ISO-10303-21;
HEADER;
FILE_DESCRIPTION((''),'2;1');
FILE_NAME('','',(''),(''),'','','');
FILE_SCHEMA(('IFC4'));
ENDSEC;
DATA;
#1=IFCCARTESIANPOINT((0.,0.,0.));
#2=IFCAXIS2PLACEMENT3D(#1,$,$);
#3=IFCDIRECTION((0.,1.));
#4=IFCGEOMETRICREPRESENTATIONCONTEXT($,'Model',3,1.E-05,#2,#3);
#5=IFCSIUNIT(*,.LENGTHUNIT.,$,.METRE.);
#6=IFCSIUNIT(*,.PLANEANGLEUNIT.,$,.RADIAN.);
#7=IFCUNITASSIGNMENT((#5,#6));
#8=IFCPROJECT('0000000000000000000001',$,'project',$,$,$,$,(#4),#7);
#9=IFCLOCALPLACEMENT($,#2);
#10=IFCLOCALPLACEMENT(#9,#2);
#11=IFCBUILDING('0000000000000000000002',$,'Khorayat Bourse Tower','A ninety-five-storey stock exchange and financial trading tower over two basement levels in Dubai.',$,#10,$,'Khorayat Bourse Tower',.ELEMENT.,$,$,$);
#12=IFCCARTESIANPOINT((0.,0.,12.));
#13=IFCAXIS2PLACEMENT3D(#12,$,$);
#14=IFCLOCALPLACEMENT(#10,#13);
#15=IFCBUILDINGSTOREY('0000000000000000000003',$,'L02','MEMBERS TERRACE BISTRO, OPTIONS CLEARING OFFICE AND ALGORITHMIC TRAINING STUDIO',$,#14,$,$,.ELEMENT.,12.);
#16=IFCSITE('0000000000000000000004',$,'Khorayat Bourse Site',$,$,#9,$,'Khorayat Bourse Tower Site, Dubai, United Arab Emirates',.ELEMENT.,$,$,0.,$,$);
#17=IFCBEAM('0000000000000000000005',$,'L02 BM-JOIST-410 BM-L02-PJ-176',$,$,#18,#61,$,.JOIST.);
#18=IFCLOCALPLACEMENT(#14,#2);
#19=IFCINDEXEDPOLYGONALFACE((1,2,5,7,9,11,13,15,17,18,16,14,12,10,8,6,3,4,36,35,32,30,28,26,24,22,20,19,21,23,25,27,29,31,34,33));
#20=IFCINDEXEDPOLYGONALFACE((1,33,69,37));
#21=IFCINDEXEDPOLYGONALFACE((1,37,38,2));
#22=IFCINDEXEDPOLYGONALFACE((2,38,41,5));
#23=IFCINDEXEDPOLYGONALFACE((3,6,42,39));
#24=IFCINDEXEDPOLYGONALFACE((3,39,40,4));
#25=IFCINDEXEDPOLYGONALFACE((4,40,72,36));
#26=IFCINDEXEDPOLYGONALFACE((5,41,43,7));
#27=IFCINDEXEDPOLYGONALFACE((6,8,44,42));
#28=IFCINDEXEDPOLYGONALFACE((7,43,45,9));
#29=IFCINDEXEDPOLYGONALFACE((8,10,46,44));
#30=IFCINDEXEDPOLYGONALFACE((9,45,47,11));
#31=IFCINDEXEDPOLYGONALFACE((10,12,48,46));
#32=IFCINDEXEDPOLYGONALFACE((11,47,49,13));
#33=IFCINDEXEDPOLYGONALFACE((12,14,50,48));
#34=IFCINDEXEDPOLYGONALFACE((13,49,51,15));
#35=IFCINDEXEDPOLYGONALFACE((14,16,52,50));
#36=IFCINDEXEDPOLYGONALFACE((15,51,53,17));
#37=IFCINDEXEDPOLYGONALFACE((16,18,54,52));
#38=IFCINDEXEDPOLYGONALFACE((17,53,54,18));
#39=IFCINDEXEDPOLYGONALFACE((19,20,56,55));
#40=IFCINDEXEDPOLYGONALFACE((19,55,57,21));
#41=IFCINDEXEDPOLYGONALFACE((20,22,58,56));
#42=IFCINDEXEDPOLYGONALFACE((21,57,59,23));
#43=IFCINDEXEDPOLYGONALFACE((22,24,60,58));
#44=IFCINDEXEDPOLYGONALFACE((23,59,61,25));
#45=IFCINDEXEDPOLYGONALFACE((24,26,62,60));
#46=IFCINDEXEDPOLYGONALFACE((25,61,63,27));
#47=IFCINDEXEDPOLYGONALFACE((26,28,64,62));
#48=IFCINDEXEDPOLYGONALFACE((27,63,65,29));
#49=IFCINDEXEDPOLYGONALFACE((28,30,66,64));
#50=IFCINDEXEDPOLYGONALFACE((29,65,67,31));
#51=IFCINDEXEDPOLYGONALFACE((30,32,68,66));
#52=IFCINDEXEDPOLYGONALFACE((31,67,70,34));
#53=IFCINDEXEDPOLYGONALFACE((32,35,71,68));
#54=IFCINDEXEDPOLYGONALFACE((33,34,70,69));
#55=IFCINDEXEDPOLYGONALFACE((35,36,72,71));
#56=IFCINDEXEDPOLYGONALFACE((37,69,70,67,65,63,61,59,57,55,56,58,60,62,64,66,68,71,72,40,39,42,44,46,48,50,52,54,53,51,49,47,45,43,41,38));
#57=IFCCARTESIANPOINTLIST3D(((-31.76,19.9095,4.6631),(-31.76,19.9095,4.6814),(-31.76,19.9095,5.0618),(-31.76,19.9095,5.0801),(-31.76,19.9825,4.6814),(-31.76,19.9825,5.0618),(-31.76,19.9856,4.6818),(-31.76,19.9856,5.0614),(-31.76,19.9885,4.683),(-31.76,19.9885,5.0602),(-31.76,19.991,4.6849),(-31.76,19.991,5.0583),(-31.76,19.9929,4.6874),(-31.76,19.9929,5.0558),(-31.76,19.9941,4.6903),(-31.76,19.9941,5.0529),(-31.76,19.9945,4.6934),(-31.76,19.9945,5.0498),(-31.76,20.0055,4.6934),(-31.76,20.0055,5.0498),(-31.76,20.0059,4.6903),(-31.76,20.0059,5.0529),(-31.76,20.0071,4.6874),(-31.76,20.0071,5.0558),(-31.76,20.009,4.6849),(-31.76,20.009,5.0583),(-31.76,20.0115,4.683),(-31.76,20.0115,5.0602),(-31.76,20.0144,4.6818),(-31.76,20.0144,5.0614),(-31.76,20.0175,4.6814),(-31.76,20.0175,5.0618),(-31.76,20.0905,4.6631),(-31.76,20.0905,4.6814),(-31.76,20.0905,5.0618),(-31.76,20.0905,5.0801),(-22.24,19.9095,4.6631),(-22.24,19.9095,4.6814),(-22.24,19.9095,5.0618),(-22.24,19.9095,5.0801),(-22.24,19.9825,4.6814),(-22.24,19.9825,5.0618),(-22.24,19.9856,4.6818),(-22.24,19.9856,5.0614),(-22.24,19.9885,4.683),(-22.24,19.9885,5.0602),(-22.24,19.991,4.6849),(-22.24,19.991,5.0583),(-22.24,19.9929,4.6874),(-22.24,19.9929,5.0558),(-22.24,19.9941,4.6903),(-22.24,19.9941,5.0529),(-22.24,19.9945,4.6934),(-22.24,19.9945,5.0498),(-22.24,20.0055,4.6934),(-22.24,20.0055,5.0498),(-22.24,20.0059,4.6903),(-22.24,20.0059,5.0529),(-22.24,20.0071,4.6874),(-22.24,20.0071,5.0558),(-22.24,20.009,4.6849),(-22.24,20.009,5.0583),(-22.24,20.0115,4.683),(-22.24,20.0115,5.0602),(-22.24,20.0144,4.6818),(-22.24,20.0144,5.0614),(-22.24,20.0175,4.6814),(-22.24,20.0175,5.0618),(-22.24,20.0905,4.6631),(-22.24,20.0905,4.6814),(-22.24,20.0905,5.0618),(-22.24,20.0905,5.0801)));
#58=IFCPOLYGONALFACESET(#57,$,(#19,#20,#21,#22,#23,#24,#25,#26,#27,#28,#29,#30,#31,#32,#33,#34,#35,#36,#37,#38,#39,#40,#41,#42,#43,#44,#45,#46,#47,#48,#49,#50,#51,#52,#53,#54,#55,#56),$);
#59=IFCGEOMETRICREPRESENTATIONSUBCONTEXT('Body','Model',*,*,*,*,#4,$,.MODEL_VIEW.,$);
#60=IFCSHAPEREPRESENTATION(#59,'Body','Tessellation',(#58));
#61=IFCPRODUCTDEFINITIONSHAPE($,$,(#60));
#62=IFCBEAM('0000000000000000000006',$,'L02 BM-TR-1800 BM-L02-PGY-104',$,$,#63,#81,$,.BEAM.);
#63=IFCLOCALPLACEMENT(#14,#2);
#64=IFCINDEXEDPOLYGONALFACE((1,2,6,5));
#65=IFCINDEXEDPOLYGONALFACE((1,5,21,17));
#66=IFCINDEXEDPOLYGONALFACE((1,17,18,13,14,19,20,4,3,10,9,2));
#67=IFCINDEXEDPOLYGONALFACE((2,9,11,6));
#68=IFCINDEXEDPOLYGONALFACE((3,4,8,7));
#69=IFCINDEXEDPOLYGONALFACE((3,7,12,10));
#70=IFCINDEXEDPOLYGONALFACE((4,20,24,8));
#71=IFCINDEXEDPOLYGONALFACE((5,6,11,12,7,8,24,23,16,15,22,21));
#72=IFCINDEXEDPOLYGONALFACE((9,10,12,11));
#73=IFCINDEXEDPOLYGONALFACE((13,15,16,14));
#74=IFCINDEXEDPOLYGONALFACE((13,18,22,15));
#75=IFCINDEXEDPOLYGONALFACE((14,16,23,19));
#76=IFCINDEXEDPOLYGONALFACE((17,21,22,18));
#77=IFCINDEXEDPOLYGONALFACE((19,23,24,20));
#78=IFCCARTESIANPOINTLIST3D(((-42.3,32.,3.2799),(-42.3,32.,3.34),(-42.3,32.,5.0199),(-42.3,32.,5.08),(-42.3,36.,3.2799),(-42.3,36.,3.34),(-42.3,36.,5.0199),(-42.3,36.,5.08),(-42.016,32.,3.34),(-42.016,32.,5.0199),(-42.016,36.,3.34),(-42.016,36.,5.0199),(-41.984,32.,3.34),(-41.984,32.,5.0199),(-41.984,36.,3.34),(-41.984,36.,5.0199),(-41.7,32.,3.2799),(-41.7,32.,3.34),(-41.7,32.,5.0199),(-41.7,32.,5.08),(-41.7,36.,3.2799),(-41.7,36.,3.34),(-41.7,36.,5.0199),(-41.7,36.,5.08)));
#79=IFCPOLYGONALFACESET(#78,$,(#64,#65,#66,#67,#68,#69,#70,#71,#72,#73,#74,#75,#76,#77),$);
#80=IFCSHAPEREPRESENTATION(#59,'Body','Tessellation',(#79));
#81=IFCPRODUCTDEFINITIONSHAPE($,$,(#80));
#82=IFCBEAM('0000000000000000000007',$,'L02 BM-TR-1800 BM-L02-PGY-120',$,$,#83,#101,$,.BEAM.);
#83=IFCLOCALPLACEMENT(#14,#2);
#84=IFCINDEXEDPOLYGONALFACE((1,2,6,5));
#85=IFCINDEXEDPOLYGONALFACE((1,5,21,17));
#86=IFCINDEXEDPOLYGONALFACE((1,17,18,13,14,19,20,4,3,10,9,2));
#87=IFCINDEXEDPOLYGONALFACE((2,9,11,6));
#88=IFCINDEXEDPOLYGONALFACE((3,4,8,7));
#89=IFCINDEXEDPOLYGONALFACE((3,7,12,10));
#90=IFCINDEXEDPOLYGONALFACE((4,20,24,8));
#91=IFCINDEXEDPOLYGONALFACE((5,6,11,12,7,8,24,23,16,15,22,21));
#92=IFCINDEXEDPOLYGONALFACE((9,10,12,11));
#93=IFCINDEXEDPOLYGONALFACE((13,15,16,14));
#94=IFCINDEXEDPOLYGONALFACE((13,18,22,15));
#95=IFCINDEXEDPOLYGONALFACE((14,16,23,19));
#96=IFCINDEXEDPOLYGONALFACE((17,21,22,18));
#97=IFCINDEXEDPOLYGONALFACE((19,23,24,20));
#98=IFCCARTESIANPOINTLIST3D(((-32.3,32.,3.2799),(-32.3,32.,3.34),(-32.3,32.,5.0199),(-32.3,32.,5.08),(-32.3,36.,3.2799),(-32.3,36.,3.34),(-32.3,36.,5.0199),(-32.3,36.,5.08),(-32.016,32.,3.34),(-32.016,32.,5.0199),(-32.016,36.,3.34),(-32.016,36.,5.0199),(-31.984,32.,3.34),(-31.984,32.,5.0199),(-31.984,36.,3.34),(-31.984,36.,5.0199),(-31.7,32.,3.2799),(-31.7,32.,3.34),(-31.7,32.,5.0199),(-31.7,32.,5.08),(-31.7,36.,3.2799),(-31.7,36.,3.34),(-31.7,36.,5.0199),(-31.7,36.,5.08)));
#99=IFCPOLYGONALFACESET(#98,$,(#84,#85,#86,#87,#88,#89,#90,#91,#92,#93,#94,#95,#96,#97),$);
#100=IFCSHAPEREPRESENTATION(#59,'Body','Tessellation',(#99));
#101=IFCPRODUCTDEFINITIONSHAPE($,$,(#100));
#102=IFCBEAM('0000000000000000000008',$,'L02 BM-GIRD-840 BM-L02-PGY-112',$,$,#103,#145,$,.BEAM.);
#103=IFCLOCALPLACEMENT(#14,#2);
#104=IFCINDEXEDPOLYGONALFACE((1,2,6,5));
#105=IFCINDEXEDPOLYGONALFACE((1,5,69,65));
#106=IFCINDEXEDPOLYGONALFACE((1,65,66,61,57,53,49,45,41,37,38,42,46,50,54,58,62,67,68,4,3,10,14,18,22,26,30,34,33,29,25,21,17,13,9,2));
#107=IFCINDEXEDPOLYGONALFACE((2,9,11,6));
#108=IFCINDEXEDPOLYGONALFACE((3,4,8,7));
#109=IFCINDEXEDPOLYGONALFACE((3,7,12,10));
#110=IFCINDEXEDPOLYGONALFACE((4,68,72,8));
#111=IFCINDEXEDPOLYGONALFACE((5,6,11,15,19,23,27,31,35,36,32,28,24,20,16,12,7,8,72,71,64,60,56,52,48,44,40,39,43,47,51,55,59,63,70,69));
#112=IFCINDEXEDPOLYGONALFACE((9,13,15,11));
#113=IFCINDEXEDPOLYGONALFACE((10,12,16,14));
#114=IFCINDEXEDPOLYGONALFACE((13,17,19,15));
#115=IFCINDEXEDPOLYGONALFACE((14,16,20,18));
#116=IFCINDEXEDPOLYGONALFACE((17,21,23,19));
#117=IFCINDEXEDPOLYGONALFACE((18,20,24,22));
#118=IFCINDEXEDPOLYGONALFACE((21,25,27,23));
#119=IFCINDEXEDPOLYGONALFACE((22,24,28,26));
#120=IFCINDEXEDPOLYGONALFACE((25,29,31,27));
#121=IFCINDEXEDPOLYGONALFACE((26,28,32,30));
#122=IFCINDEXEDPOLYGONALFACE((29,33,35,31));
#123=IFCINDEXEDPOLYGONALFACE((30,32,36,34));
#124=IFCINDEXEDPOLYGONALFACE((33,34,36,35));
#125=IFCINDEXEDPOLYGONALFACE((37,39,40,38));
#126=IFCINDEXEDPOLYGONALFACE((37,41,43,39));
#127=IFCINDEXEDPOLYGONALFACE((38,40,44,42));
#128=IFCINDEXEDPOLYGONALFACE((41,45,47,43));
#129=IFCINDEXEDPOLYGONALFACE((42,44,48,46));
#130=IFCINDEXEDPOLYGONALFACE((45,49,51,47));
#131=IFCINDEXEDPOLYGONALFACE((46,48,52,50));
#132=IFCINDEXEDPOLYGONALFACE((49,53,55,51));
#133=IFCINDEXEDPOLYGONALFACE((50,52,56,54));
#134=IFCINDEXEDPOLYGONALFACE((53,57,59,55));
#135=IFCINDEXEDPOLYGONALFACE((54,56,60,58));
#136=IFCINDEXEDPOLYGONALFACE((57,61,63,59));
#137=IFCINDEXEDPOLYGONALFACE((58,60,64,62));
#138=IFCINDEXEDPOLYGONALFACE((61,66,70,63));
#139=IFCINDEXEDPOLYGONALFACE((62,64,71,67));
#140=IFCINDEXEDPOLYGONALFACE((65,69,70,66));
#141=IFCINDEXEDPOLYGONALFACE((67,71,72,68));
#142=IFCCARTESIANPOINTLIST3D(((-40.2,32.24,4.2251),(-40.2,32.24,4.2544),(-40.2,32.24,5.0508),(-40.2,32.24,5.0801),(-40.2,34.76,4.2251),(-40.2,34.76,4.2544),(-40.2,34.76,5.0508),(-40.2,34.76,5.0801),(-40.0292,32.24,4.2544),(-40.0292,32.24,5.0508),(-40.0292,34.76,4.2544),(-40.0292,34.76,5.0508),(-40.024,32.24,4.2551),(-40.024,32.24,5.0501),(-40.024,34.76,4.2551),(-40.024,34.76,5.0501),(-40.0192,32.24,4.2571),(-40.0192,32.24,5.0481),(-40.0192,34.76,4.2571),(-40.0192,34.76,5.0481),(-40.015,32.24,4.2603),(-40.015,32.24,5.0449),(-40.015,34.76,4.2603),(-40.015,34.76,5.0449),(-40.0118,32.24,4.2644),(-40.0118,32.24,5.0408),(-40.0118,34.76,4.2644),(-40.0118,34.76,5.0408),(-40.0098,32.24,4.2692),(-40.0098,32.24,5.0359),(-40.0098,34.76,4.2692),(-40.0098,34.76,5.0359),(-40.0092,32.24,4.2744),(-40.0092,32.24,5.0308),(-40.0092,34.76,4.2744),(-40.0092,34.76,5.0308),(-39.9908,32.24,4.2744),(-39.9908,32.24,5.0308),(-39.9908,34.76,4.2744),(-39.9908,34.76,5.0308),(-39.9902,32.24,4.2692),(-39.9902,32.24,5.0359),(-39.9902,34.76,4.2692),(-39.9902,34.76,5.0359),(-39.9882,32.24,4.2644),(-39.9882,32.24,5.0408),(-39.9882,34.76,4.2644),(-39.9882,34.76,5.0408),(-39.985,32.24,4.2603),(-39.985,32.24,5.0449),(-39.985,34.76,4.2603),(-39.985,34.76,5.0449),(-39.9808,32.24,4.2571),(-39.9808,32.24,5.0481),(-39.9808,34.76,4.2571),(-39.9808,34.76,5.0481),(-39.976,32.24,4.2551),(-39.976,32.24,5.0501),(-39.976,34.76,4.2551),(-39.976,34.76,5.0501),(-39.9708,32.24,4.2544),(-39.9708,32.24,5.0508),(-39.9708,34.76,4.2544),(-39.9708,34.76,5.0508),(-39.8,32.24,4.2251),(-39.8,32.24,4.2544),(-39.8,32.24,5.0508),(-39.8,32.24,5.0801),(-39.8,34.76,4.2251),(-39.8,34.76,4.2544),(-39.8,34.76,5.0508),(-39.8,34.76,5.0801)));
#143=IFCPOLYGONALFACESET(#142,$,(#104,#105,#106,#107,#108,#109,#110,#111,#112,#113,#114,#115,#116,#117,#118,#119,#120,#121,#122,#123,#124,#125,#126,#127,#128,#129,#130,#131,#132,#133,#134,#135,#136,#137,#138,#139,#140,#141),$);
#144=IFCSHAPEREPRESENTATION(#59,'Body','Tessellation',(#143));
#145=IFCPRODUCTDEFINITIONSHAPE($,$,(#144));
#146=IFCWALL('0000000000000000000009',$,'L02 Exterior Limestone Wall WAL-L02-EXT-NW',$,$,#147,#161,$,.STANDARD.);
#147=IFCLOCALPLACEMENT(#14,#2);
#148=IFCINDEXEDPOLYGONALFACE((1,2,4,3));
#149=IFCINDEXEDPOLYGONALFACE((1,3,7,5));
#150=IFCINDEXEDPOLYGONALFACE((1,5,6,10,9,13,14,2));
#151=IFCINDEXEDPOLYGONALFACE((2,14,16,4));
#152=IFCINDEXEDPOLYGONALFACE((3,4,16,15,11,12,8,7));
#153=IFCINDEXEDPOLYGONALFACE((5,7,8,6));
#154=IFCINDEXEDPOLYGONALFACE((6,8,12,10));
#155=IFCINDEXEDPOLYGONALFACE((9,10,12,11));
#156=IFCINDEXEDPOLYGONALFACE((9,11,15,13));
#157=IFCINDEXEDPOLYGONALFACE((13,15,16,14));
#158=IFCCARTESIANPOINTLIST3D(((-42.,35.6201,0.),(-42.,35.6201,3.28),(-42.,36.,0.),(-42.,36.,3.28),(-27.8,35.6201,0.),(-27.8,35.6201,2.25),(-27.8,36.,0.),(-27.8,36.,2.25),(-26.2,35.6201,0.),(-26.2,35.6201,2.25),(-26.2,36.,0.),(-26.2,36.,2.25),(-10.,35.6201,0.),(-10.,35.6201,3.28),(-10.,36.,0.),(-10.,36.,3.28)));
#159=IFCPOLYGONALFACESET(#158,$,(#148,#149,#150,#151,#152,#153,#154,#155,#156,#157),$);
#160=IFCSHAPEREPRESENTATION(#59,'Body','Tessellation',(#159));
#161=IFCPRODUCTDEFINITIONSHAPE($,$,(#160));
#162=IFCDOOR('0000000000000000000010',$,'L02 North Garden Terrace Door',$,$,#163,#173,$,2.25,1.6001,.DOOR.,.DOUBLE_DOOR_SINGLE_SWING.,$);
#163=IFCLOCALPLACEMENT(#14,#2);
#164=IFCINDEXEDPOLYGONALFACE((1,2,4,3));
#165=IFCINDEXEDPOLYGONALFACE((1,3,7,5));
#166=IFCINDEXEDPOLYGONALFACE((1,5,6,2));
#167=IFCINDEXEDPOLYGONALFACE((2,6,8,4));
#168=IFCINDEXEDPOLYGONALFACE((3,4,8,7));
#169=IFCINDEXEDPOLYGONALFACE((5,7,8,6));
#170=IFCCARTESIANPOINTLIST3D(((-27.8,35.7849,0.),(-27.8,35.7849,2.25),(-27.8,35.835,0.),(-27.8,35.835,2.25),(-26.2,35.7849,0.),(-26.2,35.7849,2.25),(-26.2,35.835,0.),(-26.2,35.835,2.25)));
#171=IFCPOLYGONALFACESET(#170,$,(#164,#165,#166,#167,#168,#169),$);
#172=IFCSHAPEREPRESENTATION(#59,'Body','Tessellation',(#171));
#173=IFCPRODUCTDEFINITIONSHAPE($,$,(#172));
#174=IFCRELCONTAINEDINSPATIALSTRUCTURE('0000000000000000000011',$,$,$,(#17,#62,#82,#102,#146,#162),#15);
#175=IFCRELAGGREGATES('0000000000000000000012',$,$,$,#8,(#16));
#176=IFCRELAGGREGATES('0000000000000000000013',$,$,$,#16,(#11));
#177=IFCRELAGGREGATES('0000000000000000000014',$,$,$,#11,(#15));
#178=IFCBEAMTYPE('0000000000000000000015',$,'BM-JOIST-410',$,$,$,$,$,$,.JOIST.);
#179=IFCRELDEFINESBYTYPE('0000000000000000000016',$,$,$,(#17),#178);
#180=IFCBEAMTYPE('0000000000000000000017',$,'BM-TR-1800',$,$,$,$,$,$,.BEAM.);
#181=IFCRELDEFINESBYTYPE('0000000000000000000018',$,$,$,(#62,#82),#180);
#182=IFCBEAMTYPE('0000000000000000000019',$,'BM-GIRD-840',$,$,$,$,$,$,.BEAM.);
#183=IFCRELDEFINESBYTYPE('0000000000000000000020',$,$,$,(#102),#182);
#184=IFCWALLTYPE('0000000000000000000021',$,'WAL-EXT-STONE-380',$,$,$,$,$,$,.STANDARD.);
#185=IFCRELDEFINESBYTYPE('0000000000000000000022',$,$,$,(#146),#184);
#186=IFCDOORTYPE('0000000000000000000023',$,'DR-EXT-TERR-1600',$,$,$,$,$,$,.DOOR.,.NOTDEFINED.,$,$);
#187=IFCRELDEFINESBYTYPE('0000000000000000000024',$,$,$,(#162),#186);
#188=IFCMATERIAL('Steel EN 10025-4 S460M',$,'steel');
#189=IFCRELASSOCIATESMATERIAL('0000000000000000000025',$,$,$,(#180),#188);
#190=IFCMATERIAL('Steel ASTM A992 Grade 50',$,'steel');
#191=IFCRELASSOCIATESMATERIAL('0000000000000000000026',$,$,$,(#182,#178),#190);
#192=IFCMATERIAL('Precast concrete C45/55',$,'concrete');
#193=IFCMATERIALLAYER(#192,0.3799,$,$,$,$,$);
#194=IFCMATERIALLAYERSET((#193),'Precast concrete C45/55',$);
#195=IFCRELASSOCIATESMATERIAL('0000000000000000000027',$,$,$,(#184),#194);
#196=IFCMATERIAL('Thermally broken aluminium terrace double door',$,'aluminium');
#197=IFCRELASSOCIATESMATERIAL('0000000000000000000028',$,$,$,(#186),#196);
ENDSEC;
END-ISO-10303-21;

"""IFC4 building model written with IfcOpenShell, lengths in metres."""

from ifc_helpers import new_model, si_unit, direction, frame, frame_2d, origin, origin_2d, place, context, subcontext, project, spatial, rectangle, i_section, extrude, source, transform, mapped, material, layer, layer_set, material_profile, profile_set, type_object, element, fill, save


model = new_model("IFC4")

# Units and contexts
model_context = context("Model", 3, precision=1e-05, world=origin(), true_north=direction((0.0, 1.0)))
body_context = subcontext(model_context, "Body", "Model", "MODEL_VIEW")
ifc_project = project(units=[si_unit("LENGTHUNIT", "METRE"), si_unit("PLANEANGLEUNIT", "RADIAN")], contexts=[model_context])

# Site, building, storey
site_placement = place(None, origin())
site = spatial("IfcSite", under=ifc_project, at=site_placement, Name="Khorayat Bourse Site", LongName="Khorayat Bourse Tower Site, Dubai, United Arab Emirates", CompositionType="ELEMENT", RefElevation=0.0)
building_placement = place(site_placement, origin())
building = spatial("IfcBuilding", under=site, at=building_placement, Name="Khorayat Bourse Tower", Description="A ninety-five-storey stock exchange and financial trading tower over two basement levels in Dubai.", LongName="Khorayat Bourse Tower", CompositionType="ELEMENT")
storey_placement = place(building_placement, frame((0.0, 0.0, 12.0)))
storey = spatial("IfcBuildingStorey", under=building, at=storey_placement, Name="L02", Description="MEMBERS TERRACE BISTRO, OPTIONS CLEARING OFFICE AND ALGORITHMIC TRAINING STUDIO", CompositionType="ELEMENT", Elevation=12.0)

# Beams
ifc_material_1 = material(Name="Steel EN 10025-4 S460M", Category="steel")
ifc_material_profile_1 = material_profile(ifc_material_1, i_section(OverallWidth=0.6001, OverallDepth=1.8, WebThickness=0.032, FlangeThickness=0.0601, at=origin_2d()), Name="PG 1800x600x32x60")
ifc_profile_set_1 = profile_set([ifc_material_profile_1], Name="Steel EN 10025-4 S460M")
beam_type_1 = type_object("IfcBeamType", Name="BM-TR-1800", PredefinedType="BEAM", material=ifc_profile_set_1)
ifc_material_2 = material(Name="Steel ASTM A992 Grade 50", Category="steel")
ifc_material_profile_2 = material_profile(ifc_material_2, i_section(OverallWidth=0.3999, OverallDepth=0.855, WebThickness=0.0183, FlangeThickness=0.0293, FilletRadius=0.02, at=origin_2d()), Name="W840X299")
ifc_profile_set_2 = profile_set([ifc_material_profile_2], Name="Steel ASTM A992 Grade 50")
beam_type_2 = type_object("IfcBeamType", Name="BM-GIRD-840", PredefinedType="BEAM", material=ifc_profile_set_2)
ifc_material_profile_3 = material_profile(ifc_material_2, i_section(OverallWidth=0.1809, OverallDepth=0.417, WebThickness=0.011, FlangeThickness=0.0183, FilletRadius=0.012, at=origin_2d()), Name="W410X85")
ifc_profile_set_3 = profile_set([ifc_material_profile_3], Name="Steel ASTM A992 Grade 50")
beam_type_3 = type_object("IfcBeamType", Name="BM-JOIST-410", PredefinedType="JOIST", material=ifc_profile_set_3)
shared_shape_1 = source(origin(), body_context, "Body", "SweptSolid", [
    extrude(i_section(OverallWidth=0.1809, OverallDepth=0.417, WebThickness=0.011, FlangeThickness=0.0183, FilletRadius=0.012, at=origin_2d()), origin(), (0.0, 0.0, 1.0), 9.52),
])
for number, where, z_axis, x_axis, name in (
    (1, (-31.76, 20.0, 4.8716), (1.0, 0.0, 0.0), (0.0, 1.0, 0.0), "L02 BM-JOIST-410 BM-L02-PJ-176"),
):
    element("IfcBeam", number, at=place(storey_placement, frame(where, z_axis=z_axis, x_axis=x_axis)), inside=storey, type_object=beam_type_3, Name=name, PredefinedType="JOIST", context=body_context, shape_type="MappedRepresentation", body=[
        mapped(shared_shape_1, transform((0.0, 0.0, 0.0), scale=1.0)),
    ])
shared_shape_2 = source(origin(), body_context, "Body", "SweptSolid", [
    extrude(i_section(OverallWidth=0.6001, OverallDepth=1.8, WebThickness=0.032, FlangeThickness=0.0601, at=origin_2d()), origin(), (0.0, 0.0, 1.0), 4.0),
])
for number, where, z_axis, x_axis, name in (
    (2, (-42.0, 32.0, 4.1799), (0.0, 1.0, 0.0), (-1.0, 0.0, 0.0), "L02 BM-TR-1800 BM-L02-PGY-104"),
    (3, (-32.0, 32.0, 4.1799), (0.0, 1.0, 0.0), (-1.0, 0.0, 0.0), "L02 BM-TR-1800 BM-L02-PGY-120"),
):
    element("IfcBeam", number, at=place(storey_placement, frame(where, z_axis=z_axis, x_axis=x_axis)), inside=storey, type_object=beam_type_1, Name=name, PredefinedType="BEAM", context=body_context, shape_type="MappedRepresentation", body=[
        mapped(shared_shape_2, transform((0.0, 0.0, 0.0), scale=1.0)),
    ])
shared_shape_3 = source(origin(), body_context, "Body", "SweptSolid", [
    extrude(i_section(OverallWidth=0.3999, OverallDepth=0.855, WebThickness=0.0183, FlangeThickness=0.0293, FilletRadius=0.02, at=origin_2d()), origin(), (0.0, 0.0, 1.0), 2.52),
])
beam_1_placement = place(storey_placement, frame((-40.0, 32.24, 4.6526), z_axis=(0.0, 1.0, 0.0), x_axis=(-1.0, 0.0, 0.0)))
element("IfcBeam", 4, at=beam_1_placement, inside=storey, type_object=beam_type_2, Name="L02 BM-GIRD-840 BM-L02-PGY-112", PredefinedType="BEAM", context=body_context, shape_type="MappedRepresentation", body=[
    mapped(shared_shape_3, transform((0.0, 0.0, 0.0), scale=1.0)),
])

# Wall, opening, door
ifc_material_3 = material(Name="Precast concrete C45/55", Category="concrete")
ifc_layer_1 = layer(ifc_material_3, 0.3799)
ifc_layer_set_1 = layer_set([ifc_layer_1], Name="Precast concrete C45/55")
wall_type_1 = type_object("IfcWallType", Name="WAL-EXT-STONE-380", PredefinedType="STANDARD", material=ifc_layer_set_1)
shared_shape_4 = source(origin(), body_context, "Body", "SweptSolid", [
    extrude(rectangle(XDim=32.0, YDim=0.3799, at=frame_2d((16.0, 0.0))), origin(), (0.0, 0.0, 1.0), 3.28),
])
wall_1_placement = place(storey_placement, frame((-42.0, 35.8101, 0.0), z_axis=(0.0, 0.0, 1.0), x_axis=(1.0, 0.0, 0.0)))
wall_1 = element("IfcWall", 5, at=wall_1_placement, inside=storey, type_object=wall_type_1, Name="L02 Exterior Limestone Wall WAL-L02-EXT-NW", PredefinedType="STANDARD", context=body_context, shape_type="MappedRepresentation", body=[
    mapped(shared_shape_4, transform((0.0, 0.0, 0.0), scale=1.0)),
])
shared_shape_5 = source(origin(), body_context, "Body", "SweptSolid", [
    extrude(rectangle(XDim=1.6001, YDim=2.25, at=frame_2d((0.8, 1.125))), frame((0.0, 0.2, 0.0), z_axis=(0.0, -1.0, 0.0), x_axis=(1.0, 0.0, 0.0)), (0.0, 0.0, 1.0), 0.3999),
])
opening_1_placement = place(wall_1_placement, frame((14.2, 0.0, 0.0)))
opening_1 = element("IfcOpeningElement", 6, at=opening_1_placement, cuts=wall_1, PredefinedType="OPENING", context=body_context, shape_type="MappedRepresentation", body=[
    mapped(shared_shape_5, transform((0.0, 0.0, 0.0), scale=1.0)),
])
ifc_material_4 = material(Name="Thermally broken aluminium terrace double door", Category="aluminium")
door_type_1 = type_object("IfcDoorType", Name="DR-EXT-TERR-1600", OperationType="NOTDEFINED", PredefinedType="DOOR", material=ifc_material_4)
shared_shape_6 = source(origin(), body_context, "Body", "SweptSolid", [
    extrude(rectangle(XDim=1.6001, YDim=2.25, at=frame_2d((0.8, 1.125))), frame((0.0, 0.0249, 0.0), z_axis=(0.0, -1.0, 0.0), x_axis=(1.0, 0.0, 0.0)), (0.0, 0.0, 1.0), 0.05),
])
door_1_placement = place(opening_1_placement, origin())
door_1 = element("IfcDoor", 7, at=door_1_placement, inside=storey, type_object=door_type_1, Name="L02 North Garden Terrace Door", OperationType="DOUBLE_DOOR_SINGLE_SWING", OverallHeight=2.25, OverallWidth=1.6001, PredefinedType="DOOR", context=body_context, shape_type="MappedRepresentation", body=[
    mapped(shared_shape_6, transform((0.0, 0.0, 0.0), scale=1.0)),
])
fill(opening_1, door_1)

save(model, "model.ifc")
